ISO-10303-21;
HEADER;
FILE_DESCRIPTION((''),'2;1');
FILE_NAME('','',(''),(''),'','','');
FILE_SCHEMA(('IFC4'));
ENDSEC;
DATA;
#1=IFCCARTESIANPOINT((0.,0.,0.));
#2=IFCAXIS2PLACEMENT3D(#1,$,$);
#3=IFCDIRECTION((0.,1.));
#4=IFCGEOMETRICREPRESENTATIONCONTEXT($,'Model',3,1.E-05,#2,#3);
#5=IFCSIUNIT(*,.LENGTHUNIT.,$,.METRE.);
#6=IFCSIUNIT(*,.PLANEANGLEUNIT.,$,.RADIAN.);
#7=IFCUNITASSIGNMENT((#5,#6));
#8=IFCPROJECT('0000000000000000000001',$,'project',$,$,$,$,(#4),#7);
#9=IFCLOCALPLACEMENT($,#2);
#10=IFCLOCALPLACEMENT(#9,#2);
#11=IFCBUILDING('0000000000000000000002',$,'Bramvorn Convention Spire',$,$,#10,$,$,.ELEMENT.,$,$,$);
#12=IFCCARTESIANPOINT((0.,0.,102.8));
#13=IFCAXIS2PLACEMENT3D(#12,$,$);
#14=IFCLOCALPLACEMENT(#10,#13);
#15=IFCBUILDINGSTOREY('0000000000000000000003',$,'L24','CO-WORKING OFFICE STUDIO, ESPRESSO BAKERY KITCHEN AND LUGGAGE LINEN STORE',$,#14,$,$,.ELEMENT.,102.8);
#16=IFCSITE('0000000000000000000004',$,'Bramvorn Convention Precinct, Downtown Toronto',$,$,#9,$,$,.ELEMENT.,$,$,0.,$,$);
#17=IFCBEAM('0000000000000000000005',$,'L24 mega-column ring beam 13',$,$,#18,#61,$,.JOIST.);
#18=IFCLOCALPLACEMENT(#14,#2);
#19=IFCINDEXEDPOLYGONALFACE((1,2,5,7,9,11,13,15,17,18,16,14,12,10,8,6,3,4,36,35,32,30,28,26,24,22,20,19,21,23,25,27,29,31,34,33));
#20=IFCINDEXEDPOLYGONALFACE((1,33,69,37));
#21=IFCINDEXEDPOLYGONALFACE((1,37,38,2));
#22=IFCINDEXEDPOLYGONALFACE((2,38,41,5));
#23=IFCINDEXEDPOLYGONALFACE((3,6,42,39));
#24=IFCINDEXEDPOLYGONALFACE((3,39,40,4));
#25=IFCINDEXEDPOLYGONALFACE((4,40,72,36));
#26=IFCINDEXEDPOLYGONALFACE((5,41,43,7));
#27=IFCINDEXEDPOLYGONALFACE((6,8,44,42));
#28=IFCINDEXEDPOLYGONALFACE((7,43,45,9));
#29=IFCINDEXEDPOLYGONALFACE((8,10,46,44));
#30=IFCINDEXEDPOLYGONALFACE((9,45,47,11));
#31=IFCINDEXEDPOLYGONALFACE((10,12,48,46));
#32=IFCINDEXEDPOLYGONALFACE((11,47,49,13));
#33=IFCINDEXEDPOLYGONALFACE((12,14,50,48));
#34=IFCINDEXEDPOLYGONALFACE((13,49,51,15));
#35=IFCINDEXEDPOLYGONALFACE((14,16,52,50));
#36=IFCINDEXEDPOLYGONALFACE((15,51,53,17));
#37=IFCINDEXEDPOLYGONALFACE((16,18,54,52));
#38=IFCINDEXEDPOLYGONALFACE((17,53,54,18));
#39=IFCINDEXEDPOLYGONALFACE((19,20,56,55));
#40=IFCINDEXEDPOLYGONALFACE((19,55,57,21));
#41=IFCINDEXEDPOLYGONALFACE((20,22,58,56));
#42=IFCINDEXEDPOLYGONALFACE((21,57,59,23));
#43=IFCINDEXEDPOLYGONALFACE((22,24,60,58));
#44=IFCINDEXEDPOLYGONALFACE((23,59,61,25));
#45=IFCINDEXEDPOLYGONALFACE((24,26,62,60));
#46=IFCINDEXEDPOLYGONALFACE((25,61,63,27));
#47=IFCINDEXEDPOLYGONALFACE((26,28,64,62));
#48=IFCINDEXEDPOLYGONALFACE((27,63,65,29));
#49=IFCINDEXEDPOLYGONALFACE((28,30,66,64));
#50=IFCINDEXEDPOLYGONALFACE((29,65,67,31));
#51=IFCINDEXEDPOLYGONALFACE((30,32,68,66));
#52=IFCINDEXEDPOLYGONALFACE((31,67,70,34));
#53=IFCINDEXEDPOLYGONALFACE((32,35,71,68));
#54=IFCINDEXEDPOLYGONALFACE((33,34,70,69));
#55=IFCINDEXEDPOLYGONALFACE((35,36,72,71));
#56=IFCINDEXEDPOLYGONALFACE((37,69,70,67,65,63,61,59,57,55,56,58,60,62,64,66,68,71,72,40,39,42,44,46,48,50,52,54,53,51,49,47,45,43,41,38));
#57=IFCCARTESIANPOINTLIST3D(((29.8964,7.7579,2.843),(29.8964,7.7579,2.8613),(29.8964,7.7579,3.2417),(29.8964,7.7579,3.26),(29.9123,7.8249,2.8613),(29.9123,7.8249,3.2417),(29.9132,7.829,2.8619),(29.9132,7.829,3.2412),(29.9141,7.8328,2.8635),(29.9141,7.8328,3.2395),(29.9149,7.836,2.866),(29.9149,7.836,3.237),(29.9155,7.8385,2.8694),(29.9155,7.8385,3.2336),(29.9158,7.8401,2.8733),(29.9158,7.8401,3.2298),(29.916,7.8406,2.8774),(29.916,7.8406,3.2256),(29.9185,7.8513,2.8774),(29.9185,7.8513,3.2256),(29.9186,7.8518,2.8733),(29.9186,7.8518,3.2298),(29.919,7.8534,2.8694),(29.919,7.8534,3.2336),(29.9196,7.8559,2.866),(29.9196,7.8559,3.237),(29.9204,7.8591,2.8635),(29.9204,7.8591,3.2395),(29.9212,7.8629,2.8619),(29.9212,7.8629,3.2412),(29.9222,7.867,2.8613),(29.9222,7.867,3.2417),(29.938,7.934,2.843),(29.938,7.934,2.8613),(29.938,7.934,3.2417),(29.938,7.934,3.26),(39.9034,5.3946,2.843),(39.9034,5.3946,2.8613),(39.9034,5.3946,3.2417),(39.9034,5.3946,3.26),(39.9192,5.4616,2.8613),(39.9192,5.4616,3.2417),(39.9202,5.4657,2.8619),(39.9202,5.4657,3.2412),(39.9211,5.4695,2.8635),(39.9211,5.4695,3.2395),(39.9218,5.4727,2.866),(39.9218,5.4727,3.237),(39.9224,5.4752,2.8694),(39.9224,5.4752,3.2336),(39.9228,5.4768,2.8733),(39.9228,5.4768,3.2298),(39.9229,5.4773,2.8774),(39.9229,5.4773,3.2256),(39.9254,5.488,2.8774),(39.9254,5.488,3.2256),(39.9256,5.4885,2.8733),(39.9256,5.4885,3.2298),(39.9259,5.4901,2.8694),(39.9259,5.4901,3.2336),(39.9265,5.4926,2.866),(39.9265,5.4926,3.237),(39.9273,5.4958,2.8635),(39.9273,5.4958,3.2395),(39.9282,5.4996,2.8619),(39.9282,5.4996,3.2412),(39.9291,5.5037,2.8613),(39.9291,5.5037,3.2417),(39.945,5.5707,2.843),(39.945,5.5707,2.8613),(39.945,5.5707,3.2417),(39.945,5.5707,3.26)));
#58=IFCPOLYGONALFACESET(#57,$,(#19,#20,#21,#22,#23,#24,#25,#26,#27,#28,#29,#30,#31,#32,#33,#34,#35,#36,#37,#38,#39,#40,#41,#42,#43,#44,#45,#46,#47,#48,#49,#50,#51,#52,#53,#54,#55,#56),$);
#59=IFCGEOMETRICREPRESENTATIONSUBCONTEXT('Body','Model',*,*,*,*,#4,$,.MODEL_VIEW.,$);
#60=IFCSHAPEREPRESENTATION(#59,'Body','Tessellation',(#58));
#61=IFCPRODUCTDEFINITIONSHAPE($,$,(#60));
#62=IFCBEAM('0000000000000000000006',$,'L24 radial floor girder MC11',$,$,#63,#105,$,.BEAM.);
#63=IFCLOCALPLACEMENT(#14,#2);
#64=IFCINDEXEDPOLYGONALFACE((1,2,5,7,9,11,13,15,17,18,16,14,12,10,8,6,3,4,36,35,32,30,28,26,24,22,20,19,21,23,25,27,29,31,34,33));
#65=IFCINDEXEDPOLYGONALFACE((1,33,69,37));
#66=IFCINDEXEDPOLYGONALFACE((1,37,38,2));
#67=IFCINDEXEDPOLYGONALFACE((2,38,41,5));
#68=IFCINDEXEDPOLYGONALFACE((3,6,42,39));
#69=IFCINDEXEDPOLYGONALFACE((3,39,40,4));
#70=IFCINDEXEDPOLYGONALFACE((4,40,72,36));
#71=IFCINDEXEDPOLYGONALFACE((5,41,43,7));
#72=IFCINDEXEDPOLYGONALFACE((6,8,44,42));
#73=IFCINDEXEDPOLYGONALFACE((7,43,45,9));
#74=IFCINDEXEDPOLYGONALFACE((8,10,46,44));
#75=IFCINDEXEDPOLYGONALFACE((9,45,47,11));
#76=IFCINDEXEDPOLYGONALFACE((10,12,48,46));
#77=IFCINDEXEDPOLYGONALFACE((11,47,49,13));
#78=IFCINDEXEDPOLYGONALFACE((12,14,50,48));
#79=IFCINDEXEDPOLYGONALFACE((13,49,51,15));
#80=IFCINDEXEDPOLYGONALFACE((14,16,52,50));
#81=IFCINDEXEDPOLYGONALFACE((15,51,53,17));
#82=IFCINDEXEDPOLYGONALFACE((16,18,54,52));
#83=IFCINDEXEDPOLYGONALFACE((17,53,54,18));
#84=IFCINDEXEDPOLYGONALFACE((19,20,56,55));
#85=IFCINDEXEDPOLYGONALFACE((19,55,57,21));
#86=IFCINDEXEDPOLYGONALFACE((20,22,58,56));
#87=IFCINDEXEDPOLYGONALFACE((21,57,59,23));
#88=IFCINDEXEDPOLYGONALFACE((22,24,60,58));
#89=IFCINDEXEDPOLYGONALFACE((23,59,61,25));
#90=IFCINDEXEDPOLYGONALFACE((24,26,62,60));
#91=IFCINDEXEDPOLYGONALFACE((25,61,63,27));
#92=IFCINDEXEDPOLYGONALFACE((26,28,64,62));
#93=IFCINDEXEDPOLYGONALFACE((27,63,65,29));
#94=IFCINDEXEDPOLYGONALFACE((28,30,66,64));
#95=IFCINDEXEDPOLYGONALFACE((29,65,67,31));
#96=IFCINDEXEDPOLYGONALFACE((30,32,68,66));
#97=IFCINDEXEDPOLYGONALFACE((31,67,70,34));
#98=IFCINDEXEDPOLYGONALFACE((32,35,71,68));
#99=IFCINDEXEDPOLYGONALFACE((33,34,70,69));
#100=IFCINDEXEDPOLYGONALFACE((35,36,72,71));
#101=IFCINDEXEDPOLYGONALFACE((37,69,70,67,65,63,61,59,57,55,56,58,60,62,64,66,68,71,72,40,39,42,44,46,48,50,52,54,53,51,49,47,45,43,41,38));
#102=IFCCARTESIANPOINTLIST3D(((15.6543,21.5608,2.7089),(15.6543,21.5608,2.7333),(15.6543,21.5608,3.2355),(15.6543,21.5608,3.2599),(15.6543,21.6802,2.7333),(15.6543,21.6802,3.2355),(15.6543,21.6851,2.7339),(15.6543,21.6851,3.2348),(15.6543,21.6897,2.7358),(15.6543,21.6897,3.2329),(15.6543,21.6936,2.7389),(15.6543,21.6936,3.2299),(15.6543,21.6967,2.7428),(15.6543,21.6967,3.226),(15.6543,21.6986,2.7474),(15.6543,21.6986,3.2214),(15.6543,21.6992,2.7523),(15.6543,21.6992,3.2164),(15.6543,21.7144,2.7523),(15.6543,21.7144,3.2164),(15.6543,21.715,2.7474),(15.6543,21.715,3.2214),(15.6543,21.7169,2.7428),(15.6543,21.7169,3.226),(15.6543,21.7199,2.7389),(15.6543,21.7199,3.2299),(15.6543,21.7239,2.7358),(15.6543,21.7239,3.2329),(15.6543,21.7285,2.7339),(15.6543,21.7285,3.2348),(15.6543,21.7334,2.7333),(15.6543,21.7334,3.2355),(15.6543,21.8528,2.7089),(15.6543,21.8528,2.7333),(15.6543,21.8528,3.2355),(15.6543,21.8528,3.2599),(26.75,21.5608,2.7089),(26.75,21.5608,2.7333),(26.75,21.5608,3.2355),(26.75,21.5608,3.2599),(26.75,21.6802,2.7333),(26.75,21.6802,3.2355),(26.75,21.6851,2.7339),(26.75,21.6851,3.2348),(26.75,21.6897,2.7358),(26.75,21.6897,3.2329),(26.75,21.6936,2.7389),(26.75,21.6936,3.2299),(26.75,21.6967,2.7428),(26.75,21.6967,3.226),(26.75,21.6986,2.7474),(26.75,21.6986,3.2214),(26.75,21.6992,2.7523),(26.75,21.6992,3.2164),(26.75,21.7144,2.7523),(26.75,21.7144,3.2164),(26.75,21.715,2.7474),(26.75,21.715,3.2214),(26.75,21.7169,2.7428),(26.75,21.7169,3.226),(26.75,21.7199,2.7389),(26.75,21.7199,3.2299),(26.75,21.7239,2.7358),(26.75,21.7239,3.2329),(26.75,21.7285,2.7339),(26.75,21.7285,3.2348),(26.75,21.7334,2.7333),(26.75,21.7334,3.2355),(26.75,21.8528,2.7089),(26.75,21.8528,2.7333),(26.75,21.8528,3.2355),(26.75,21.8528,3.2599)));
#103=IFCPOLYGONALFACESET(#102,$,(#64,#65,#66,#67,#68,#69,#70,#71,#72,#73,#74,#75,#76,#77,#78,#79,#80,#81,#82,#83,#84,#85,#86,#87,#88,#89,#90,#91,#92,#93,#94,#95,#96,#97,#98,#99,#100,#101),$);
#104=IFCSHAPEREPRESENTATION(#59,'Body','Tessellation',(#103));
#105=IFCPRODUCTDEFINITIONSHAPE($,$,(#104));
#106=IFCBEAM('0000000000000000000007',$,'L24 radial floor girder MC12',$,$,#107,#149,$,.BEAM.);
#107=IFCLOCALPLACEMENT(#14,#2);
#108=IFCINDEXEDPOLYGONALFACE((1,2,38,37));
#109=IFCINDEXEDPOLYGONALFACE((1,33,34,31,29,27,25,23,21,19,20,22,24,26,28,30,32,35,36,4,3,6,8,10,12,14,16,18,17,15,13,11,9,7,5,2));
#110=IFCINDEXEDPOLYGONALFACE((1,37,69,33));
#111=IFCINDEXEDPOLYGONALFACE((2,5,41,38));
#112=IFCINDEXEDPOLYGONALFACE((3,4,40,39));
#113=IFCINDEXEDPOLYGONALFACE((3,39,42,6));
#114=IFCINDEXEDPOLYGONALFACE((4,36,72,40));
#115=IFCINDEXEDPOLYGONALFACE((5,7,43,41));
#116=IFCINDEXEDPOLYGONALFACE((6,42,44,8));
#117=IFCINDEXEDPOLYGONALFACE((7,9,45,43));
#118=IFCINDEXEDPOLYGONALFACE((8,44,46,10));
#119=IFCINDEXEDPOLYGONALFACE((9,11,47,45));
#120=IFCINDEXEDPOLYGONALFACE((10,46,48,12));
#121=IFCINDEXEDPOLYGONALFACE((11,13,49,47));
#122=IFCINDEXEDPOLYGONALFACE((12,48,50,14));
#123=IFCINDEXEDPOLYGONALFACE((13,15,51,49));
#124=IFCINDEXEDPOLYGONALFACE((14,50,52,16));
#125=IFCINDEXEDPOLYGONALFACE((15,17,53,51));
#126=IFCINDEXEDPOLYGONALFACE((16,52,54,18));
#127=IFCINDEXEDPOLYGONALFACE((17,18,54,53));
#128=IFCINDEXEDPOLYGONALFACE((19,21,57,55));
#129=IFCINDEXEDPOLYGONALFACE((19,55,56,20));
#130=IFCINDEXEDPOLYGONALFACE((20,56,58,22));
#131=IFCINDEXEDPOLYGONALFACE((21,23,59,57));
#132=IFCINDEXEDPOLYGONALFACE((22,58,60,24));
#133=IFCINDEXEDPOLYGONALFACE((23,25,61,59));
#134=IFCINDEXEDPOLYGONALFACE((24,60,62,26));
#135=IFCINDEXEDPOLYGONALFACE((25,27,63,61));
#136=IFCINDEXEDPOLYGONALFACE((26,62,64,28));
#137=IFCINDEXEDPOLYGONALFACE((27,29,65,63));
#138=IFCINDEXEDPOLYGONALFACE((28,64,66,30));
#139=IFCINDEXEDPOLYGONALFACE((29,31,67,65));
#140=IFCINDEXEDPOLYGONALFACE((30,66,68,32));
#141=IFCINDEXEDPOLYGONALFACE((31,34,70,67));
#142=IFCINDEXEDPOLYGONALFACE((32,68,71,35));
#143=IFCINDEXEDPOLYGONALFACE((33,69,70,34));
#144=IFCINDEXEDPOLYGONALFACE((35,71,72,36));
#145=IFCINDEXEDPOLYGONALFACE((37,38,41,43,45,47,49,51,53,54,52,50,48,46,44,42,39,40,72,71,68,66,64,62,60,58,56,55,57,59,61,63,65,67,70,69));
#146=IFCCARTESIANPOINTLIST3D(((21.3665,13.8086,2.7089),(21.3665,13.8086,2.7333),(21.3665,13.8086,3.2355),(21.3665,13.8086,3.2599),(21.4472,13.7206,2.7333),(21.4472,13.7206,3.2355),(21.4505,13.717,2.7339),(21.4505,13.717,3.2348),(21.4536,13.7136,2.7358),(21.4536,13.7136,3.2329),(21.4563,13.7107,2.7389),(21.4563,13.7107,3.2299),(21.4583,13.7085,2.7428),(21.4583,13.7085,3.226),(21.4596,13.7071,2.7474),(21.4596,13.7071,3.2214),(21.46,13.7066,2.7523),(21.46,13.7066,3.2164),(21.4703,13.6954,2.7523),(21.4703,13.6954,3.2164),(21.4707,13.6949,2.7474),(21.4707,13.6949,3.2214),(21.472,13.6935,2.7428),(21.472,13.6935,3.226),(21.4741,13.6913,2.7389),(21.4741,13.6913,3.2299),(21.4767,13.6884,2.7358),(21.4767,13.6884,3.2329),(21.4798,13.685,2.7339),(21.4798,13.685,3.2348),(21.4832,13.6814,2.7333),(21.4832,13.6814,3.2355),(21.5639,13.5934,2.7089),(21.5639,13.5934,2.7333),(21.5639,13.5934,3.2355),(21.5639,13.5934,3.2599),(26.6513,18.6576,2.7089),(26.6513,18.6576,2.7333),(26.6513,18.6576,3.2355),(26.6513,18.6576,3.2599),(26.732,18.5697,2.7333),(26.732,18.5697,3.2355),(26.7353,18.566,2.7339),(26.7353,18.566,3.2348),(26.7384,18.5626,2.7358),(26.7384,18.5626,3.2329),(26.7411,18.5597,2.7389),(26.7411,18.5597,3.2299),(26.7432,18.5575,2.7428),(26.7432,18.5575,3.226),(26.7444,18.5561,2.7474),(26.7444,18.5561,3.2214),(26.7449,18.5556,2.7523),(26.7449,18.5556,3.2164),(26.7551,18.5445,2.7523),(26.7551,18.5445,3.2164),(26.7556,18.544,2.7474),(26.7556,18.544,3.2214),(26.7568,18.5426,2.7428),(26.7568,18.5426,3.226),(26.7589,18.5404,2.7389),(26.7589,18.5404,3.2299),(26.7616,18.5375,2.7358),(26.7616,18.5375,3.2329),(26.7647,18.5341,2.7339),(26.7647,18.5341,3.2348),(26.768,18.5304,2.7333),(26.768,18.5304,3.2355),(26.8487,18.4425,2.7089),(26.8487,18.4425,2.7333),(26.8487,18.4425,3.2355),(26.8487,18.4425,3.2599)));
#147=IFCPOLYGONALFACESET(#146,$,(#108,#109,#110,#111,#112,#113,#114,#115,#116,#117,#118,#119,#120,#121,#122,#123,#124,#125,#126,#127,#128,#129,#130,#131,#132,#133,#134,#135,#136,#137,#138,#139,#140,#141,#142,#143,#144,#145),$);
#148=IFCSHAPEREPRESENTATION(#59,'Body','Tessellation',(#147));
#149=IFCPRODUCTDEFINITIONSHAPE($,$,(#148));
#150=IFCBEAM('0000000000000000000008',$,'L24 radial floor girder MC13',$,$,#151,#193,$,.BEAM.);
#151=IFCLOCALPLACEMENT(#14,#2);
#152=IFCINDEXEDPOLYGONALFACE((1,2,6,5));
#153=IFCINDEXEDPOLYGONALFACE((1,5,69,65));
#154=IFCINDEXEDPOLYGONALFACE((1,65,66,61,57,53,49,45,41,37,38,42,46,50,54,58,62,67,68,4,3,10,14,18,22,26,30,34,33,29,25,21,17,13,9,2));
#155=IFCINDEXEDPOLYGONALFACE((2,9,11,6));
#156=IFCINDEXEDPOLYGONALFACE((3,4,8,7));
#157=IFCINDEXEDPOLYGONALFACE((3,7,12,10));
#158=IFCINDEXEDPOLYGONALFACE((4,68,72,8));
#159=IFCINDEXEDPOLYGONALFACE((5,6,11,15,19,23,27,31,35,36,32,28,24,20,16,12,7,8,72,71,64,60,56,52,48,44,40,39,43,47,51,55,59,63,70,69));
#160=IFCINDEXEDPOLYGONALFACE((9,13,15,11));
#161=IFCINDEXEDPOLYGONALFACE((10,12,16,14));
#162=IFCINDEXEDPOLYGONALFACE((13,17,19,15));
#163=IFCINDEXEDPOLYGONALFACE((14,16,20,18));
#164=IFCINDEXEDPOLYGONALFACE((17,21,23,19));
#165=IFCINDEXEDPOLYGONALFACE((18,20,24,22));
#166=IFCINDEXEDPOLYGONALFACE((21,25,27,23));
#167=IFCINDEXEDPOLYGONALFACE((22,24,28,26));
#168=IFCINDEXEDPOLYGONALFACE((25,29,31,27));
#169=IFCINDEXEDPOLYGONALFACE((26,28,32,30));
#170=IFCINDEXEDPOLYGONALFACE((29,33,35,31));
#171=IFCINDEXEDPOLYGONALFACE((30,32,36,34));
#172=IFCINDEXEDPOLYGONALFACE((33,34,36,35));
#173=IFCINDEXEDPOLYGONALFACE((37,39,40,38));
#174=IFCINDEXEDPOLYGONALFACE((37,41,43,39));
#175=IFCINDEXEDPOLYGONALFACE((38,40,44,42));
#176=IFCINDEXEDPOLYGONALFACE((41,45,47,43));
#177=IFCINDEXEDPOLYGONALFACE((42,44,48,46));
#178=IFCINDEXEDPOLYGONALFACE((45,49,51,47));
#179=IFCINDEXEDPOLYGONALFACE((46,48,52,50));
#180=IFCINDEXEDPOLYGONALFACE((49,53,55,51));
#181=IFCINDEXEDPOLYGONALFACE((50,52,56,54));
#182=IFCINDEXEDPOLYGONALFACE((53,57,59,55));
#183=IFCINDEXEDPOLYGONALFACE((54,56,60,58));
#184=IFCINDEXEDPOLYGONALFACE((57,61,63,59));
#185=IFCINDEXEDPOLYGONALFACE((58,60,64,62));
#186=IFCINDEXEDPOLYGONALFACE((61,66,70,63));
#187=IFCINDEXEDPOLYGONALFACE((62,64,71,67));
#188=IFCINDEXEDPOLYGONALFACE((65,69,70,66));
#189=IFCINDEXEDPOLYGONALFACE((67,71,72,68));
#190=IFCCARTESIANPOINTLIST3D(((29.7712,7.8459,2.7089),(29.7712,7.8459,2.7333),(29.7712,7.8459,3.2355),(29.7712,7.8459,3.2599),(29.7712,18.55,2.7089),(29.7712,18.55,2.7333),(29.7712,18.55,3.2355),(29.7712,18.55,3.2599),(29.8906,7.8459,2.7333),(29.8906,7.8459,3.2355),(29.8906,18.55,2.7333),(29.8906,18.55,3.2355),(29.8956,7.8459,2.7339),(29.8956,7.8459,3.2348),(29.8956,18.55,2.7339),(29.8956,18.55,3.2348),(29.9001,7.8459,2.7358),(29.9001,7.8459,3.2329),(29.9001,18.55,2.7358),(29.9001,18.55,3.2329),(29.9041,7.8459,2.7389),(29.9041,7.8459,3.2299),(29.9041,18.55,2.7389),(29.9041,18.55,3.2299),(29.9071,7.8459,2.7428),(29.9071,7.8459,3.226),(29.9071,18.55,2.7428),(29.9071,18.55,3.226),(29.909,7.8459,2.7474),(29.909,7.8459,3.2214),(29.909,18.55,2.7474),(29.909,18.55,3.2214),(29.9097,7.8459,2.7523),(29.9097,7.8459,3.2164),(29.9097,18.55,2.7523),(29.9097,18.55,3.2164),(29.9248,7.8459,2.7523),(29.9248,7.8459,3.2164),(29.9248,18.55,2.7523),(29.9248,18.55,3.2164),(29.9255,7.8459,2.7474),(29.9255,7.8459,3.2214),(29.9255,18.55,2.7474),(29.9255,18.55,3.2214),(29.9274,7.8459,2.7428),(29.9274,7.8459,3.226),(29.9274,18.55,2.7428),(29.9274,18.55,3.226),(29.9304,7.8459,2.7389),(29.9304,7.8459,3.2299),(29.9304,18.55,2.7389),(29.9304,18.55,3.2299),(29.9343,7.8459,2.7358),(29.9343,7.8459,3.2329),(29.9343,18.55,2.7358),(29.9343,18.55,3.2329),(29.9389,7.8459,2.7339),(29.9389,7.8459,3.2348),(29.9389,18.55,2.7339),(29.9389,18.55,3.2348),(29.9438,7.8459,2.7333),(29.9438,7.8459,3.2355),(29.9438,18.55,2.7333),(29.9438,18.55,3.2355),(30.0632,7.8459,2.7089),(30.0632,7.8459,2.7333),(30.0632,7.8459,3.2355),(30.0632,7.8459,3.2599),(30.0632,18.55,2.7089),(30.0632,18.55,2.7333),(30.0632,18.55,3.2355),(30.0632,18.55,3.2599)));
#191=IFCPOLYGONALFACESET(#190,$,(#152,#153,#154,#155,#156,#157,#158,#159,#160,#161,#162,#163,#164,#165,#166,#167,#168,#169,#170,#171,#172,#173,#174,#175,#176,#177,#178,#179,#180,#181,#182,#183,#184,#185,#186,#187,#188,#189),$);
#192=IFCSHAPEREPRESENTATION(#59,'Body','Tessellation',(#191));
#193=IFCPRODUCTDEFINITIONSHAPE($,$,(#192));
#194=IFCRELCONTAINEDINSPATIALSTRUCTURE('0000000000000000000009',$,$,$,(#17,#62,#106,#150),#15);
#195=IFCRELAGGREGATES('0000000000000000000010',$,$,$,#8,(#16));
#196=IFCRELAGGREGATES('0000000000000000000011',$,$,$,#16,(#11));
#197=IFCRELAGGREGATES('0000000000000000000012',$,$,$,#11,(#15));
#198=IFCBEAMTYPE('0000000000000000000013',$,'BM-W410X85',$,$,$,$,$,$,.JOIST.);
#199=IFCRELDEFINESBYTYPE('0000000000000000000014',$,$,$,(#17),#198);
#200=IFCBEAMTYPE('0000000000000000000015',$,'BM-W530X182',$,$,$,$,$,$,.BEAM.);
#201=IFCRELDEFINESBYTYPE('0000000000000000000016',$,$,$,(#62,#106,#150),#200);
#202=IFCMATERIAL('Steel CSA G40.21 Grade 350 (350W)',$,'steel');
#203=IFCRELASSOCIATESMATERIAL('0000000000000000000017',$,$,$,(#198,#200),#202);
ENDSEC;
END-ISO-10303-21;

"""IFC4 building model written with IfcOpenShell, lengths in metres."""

from ifc_helpers import new_model, si_unit, direction, frame, origin, origin_2d, place, context, subcontext, project, spatial, i_section, extrude, material, material_profile, profile_set, type_object, element, save


model = new_model("IFC4")

# Units and contexts
model_context = context("Model", 3, precision=1e-05, world=origin(), true_north=direction((0.0, 1.0)))
body_context = subcontext(model_context, "Body", "Model", "MODEL_VIEW")
ifc_project = project(units=[si_unit("LENGTHUNIT", "METRE"), si_unit("PLANEANGLEUNIT", "RADIAN")], contexts=[model_context])

# Site, building, storey
site_placement = place(None, origin())
site = spatial("IfcSite", under=ifc_project, at=site_placement, Name="Bramvorn Convention Precinct, Downtown Toronto", CompositionType="ELEMENT", RefElevation=0.0)
building_placement = place(site_placement, origin())
building = spatial("IfcBuilding", under=site, at=building_placement, Name="Bramvorn Convention Spire", CompositionType="ELEMENT")
storey_placement = place(building_placement, frame((0.0, 0.0, 102.8)))
storey = spatial("IfcBuildingStorey", under=building, at=storey_placement, Name="L24", Description="CO-WORKING OFFICE STUDIO, ESPRESSO BAKERY KITCHEN AND LUGGAGE LINEN STORE", CompositionType="ELEMENT", Elevation=102.8)

# Shared definitions
ifc_material_1 = material(Name="Steel CSA G40.21 Grade 350 (350W)", Category="steel")

# Beams
ifc_material_profile_1 = material_profile(ifc_material_1, i_section(OverallWidth=0.1809, OverallDepth=0.417, WebThickness=0.011, FlangeThickness=0.0183, FilletRadius=0.0161, at=origin_2d()))
ifc_profile_set_1 = profile_set([ifc_material_profile_1], Name="Steel CSA G40.21 Grade 350 (350W) - W410X85")
beam_type_1 = type_object("IfcBeamType", Name="BM-W410X85", PredefinedType="JOIST", material=ifc_profile_set_1)
beam_1_placement = place(storey_placement, frame((29.9172, 7.8459, 3.0515), z_axis=(0.973228, -0.229844, 0.0), x_axis=(0.229844, 0.973228, 0.0)))
element("IfcBeam", 1, at=beam_1_placement, inside=storey, type_object=beam_type_1, Name="L24 mega-column ring beam 13", PredefinedType="JOIST", context=body_context, shape_type="SweptSolid", body=[
    extrude(i_section(OverallWidth=0.1809, OverallDepth=0.417, WebThickness=0.011, FlangeThickness=0.0183, FilletRadius=0.0161, at=origin_2d()), origin(), (0.0, 0.0, 1.0), 10.2822),
])
ifc_material_profile_2 = material_profile(ifc_material_1, i_section(OverallWidth=0.292, OverallDepth=0.551, WebThickness=0.0151, FlangeThickness=0.0244, FilletRadius=0.019, at=origin_2d()))
ifc_profile_set_2 = profile_set([ifc_material_profile_2], Name="Steel CSA G40.21 Grade 350 (350W) - W530X182")
beam_type_2 = type_object("IfcBeamType", Name="BM-W530X182", PredefinedType="BEAM", material=ifc_profile_set_2)
beam_2_placement = place(storey_placement, frame((26.75, 21.7068, 2.9844), z_axis=(-1.0, 0.0, 0.0), x_axis=(0.0, -1.0, 0.0)))
element("IfcBeam", 2, at=beam_2_placement, inside=storey, type_object=beam_type_2, Name="L24 radial floor girder MC11", PredefinedType="BEAM", context=body_context, shape_type="SweptSolid", body=[
    extrude(i_section(OverallWidth=0.292, OverallDepth=0.551, WebThickness=0.0151, FlangeThickness=0.0244, FilletRadius=0.019, at=origin_2d()), origin(), (0.0, 0.0, 1.0), 11.0957),
])
beam_3_placement = place(storey_placement, frame((26.75, 18.55, 2.9844), z_axis=(-0.736833, -0.676074, 0.0), x_axis=(0.676074, -0.736833, 0.0)))
element("IfcBeam", 3, at=beam_3_placement, inside=storey, type_object=beam_type_2, Name="L24 radial floor girder MC12", PredefinedType="BEAM", context=body_context, shape_type="SweptSolid", body=[
    extrude(i_section(OverallWidth=0.292, OverallDepth=0.551, WebThickness=0.0151, FlangeThickness=0.0244, FilletRadius=0.019, at=origin_2d()), origin(), (0.0, 0.0, 1.0), 7.1724),
])
beam_4_placement = place(storey_placement, frame((29.9172, 18.55, 2.9844), z_axis=(0.0, -1.0, 0.0), x_axis=(1.0, 0.0, 0.0)))
element("IfcBeam", 4, at=beam_4_placement, inside=storey, type_object=beam_type_2, Name="L24 radial floor girder MC13", PredefinedType="BEAM", context=body_context, shape_type="SweptSolid", body=[
    extrude(i_section(OverallWidth=0.292, OverallDepth=0.551, WebThickness=0.0151, FlangeThickness=0.0244, FilletRadius=0.019, at=origin_2d()), origin(), (0.0, 0.0, 1.0), 10.7041),
])

save(model, "model.ifc")
